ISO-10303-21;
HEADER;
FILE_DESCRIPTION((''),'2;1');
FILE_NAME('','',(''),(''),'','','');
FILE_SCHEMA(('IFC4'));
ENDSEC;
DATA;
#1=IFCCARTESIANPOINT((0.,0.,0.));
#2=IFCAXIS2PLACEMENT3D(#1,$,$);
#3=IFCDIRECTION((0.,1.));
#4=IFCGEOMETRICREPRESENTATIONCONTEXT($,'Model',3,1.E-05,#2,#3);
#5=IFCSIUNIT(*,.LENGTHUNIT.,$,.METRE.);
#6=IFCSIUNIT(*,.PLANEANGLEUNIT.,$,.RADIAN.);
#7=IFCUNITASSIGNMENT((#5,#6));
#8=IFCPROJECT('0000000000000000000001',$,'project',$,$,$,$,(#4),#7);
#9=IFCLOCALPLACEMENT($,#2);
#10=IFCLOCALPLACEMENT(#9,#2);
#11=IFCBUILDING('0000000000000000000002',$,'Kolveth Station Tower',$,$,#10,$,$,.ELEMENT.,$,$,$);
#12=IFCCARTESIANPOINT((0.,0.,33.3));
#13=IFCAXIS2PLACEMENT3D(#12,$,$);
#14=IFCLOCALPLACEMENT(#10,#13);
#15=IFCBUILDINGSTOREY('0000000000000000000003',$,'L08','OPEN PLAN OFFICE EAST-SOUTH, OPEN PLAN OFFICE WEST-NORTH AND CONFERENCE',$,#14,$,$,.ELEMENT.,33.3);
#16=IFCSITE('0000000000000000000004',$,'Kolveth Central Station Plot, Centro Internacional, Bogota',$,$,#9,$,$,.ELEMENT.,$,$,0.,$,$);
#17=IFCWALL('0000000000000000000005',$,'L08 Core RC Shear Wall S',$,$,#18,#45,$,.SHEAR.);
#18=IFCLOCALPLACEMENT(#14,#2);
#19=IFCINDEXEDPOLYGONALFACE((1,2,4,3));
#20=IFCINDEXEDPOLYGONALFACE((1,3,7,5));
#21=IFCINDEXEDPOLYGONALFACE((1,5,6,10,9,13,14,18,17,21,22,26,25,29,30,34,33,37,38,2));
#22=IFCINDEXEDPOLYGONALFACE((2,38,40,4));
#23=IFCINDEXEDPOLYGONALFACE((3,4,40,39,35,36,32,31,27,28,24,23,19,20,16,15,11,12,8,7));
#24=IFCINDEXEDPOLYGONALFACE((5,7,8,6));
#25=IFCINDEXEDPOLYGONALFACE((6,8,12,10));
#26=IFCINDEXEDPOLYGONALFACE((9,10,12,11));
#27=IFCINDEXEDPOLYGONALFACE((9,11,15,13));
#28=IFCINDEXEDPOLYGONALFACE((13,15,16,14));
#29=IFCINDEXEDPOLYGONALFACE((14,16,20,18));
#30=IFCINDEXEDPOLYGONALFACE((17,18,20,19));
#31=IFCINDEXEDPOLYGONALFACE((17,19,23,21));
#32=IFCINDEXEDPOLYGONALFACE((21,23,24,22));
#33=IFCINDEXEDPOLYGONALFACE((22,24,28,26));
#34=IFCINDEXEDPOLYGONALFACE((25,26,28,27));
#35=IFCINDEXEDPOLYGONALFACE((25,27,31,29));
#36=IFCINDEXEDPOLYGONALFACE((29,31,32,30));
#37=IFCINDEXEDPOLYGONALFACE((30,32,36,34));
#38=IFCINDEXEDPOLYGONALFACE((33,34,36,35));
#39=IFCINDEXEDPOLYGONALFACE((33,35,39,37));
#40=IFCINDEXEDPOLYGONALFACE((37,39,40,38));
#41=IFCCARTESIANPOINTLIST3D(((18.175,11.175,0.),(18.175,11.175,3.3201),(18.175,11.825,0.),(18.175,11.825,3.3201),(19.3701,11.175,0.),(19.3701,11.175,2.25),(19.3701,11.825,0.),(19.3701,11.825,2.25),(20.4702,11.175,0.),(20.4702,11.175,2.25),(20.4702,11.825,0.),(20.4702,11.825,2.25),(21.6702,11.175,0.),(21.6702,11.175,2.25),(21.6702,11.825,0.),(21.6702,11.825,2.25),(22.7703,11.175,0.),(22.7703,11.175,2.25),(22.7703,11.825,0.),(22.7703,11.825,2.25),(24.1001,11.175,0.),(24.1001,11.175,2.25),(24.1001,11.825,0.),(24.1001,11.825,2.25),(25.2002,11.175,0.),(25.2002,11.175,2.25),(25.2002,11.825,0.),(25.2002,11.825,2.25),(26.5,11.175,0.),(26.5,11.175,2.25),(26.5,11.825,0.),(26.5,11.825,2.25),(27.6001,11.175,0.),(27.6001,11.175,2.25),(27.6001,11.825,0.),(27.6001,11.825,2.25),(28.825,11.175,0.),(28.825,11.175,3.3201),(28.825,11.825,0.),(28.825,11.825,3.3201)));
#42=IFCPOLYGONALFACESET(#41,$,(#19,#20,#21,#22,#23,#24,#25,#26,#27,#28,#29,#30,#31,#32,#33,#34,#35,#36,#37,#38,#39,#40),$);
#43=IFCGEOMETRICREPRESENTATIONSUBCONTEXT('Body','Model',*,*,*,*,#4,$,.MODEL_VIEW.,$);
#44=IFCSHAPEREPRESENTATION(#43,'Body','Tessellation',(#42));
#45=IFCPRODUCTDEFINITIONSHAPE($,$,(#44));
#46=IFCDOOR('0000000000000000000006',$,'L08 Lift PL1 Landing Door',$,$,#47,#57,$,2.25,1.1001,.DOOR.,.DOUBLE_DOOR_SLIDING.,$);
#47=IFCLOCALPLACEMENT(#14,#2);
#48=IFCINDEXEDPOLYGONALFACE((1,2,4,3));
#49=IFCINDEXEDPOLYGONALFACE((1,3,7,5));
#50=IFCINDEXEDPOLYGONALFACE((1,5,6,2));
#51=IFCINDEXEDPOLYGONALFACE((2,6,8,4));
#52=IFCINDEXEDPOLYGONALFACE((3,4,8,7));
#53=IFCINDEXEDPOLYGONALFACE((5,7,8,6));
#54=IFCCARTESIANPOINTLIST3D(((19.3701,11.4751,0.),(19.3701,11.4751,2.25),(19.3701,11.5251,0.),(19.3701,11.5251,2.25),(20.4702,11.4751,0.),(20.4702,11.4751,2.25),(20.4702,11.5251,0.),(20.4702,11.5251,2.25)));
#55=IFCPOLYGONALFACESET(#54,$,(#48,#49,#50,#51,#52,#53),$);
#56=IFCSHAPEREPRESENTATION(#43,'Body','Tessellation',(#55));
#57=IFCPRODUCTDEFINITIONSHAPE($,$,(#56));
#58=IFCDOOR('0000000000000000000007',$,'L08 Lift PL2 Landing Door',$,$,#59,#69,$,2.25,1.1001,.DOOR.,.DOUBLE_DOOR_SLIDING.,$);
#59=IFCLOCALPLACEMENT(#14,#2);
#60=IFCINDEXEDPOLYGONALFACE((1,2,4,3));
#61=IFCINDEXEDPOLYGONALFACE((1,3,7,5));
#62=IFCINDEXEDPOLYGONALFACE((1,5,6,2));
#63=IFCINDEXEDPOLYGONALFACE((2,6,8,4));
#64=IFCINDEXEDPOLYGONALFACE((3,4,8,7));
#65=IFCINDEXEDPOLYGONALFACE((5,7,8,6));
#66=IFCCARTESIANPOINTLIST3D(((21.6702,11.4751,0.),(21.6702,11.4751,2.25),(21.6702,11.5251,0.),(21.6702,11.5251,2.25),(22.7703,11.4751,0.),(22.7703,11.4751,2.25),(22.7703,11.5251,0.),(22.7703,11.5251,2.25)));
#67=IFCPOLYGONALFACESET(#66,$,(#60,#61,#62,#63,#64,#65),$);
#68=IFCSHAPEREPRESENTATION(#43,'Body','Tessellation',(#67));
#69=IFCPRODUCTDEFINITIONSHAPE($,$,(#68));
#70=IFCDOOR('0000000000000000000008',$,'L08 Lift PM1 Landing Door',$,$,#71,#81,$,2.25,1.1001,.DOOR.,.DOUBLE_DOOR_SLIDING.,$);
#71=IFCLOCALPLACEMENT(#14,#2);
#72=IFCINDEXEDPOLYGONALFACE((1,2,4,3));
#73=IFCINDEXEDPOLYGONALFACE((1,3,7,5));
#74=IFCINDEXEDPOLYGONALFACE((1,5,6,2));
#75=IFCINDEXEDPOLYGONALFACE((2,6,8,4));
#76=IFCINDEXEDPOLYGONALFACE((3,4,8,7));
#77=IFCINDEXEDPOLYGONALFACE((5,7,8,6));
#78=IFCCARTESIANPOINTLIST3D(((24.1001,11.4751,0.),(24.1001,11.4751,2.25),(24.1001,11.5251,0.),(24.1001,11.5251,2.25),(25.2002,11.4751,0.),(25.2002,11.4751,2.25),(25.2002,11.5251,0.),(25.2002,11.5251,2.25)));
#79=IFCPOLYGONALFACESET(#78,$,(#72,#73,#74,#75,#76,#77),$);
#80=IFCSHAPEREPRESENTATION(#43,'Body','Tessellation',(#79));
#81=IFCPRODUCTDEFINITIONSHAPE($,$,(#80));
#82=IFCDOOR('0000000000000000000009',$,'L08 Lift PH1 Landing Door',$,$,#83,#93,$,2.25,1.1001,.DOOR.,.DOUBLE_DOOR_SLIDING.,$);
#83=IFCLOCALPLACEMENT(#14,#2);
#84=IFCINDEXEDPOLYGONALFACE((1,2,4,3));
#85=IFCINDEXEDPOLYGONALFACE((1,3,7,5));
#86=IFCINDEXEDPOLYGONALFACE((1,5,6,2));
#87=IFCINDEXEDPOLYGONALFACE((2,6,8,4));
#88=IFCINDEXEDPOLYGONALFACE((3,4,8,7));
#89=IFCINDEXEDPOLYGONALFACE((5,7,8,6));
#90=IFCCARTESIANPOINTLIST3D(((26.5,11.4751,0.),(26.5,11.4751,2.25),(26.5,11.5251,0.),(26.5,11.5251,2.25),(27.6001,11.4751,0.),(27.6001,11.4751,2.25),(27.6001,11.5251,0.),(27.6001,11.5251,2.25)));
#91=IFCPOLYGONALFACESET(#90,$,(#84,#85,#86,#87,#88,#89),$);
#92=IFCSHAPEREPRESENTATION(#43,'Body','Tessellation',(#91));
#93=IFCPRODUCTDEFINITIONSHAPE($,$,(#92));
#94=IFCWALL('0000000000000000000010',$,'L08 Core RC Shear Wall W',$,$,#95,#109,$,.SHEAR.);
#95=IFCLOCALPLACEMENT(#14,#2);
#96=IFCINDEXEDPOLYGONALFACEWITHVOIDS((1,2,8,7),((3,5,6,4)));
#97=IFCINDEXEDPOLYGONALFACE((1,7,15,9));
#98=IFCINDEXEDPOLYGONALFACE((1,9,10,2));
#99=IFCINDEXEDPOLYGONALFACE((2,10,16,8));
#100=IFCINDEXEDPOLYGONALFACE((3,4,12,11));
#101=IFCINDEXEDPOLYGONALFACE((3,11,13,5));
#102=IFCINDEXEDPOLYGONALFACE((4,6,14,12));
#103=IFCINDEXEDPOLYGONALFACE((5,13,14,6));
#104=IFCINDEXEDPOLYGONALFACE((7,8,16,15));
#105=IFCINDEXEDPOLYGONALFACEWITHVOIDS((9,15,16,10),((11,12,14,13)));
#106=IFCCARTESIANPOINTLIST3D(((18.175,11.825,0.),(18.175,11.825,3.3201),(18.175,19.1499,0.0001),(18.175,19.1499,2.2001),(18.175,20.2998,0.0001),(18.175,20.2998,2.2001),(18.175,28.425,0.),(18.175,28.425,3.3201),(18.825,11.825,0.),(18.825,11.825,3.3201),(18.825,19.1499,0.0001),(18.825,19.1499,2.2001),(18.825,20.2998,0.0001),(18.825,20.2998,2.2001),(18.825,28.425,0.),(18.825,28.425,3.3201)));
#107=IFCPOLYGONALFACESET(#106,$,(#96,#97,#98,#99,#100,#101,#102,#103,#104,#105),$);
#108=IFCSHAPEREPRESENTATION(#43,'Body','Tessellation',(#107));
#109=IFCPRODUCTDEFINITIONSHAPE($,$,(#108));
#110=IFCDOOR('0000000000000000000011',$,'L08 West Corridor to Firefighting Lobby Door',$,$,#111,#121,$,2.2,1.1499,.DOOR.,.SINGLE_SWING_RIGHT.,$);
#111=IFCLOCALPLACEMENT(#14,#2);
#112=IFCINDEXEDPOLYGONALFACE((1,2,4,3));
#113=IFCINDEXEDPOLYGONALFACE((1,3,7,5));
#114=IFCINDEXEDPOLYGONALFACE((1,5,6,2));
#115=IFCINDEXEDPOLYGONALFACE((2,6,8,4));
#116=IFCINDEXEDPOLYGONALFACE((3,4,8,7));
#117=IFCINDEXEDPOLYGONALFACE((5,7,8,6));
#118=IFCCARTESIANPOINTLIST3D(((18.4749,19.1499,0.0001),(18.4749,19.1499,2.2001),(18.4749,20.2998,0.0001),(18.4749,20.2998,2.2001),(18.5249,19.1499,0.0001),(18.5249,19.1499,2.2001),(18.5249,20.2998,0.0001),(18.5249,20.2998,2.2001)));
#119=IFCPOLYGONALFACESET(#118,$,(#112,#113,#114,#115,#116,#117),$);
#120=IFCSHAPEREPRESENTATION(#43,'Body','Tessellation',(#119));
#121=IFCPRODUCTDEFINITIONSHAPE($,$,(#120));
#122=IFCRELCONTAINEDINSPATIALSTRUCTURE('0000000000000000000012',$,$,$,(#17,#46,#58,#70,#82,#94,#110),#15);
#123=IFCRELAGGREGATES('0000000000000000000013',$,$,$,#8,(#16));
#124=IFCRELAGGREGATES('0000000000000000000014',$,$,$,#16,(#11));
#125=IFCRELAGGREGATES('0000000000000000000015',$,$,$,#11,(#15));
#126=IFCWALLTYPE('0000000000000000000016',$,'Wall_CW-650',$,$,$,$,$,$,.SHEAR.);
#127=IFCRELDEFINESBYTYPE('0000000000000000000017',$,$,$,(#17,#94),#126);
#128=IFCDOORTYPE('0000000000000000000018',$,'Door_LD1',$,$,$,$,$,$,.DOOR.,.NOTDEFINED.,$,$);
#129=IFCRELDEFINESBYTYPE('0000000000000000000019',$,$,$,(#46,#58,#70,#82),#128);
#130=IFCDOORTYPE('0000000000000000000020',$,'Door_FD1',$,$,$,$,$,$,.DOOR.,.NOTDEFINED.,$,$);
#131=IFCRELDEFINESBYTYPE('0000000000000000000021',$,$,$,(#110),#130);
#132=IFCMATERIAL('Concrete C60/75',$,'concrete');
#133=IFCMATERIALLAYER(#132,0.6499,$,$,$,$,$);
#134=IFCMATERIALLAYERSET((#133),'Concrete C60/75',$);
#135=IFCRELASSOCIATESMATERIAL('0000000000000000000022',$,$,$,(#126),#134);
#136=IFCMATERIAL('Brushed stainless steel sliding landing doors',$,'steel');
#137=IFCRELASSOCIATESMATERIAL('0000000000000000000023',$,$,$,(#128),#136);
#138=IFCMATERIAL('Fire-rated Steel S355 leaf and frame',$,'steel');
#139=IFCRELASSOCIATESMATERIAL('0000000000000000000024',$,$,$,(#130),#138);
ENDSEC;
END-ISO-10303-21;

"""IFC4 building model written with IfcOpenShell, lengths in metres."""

from ifc_helpers import new_model, si_unit, direction, frame, frame_2d, origin, place, context, subcontext, project, spatial, rectangle, extrude, material, layer, layer_set, type_object, element, fill, save


model = new_model("IFC4")

# Units and contexts
model_context = context("Model", 3, precision=1e-05, world=origin(), true_north=direction((0.0, 1.0)))
body_context = subcontext(model_context, "Body", "Model", "MODEL_VIEW")
ifc_project = project(units=[si_unit("LENGTHUNIT", "METRE"), si_unit("PLANEANGLEUNIT", "RADIAN")], contexts=[model_context])

# Site, building, storey
site_placement = place(None, origin())
site = spatial("IfcSite", under=ifc_project, at=site_placement, Name="Kolveth Central Station Plot, Centro Internacional, Bogota", CompositionType="ELEMENT", RefElevation=0.0)
building_placement = place(site_placement, origin())
building = spatial("IfcBuilding", under=site, at=building_placement, Name="Kolveth Station Tower", CompositionType="ELEMENT")
storey_placement = place(building_placement, frame((0.0, 0.0, 33.3)))
storey = spatial("IfcBuildingStorey", under=building, at=storey_placement, Name="L08", Description="OPEN PLAN OFFICE EAST-SOUTH, OPEN PLAN OFFICE WEST-NORTH AND CONFERENCE", CompositionType="ELEMENT", Elevation=33.3)

# Wall, openings, doors
ifc_material_1 = material(Name="Concrete C60/75", Category="concrete")
ifc_layer_1 = layer(ifc_material_1, 0.6499)
ifc_layer_set_1 = layer_set([ifc_layer_1], Name="Concrete C60/75")
wall_type_1 = type_object("IfcWallType", Name="Wall_CW-650", PredefinedType="SHEAR", material=ifc_layer_set_1)
wall_1_placement = place(storey_placement, frame((18.175, 11.5, 0.0), z_axis=(0.0, 0.0, 1.0), x_axis=(1.0, 0.0, 0.0)))
wall_1 = element("IfcWall", 1, at=wall_1_placement, inside=storey, type_object=wall_type_1, Name="L08 Core RC Shear Wall S", PredefinedType="SHEAR", context=body_context, shape_type="SweptSolid", body=[
    extrude(rectangle(XDim=10.6499, YDim=0.6499, at=frame_2d((5.325, 0.0))), origin(), (0.0, 0.0, 1.0), 3.3201),
])
opening_1_placement = place(wall_1_placement, frame((1.1951, 0.0, 0.0)))
opening_1 = element("IfcOpeningElement", 2, at=opening_1_placement, cuts=wall_1, PredefinedType="OPENING", context=body_context, shape_type="SweptSolid", body=[
    extrude(rectangle(XDim=1.1001, YDim=2.25, at=frame_2d((0.55, 1.125))), frame((0.0, 0.335, 0.0), z_axis=(0.0, -1.0, 0.0), x_axis=(1.0, 0.0, 0.0)), (0.0, 0.0, 1.0), 0.6699),
])
opening_2_placement = place(wall_1_placement, frame((3.4951, 0.0, 0.0)))
opening_2 = element("IfcOpeningElement", 3, at=opening_2_placement, cuts=wall_1, PredefinedType="OPENING", context=body_context, shape_type="SweptSolid", body=[
    extrude(rectangle(XDim=1.1001, YDim=2.25, at=frame_2d((0.55, 1.125))), frame((0.0, 0.335, 0.0), z_axis=(0.0, -1.0, 0.0), x_axis=(1.0, 0.0, 0.0)), (0.0, 0.0, 1.0), 0.6699),
])
opening_3_placement = place(wall_1_placement, frame((5.925, 0.0, 0.0)))
opening_3 = element("IfcOpeningElement", 4, at=opening_3_placement, cuts=wall_1, PredefinedType="OPENING", context=body_context, shape_type="SweptSolid", body=[
    extrude(rectangle(XDim=1.1001, YDim=2.25, at=frame_2d((0.55, 1.125))), frame((0.0, 0.335, 0.0), z_axis=(0.0, -1.0, 0.0), x_axis=(1.0, 0.0, 0.0)), (0.0, 0.0, 1.0), 0.6699),
])
opening_4_placement = place(wall_1_placement, frame((8.325, 0.0, 0.0)))
opening_4 = element("IfcOpeningElement", 5, at=opening_4_placement, cuts=wall_1, PredefinedType="OPENING", context=body_context, shape_type="SweptSolid", body=[
    extrude(rectangle(XDim=1.1001, YDim=2.25, at=frame_2d((0.55, 1.125))), frame((0.0, 0.335, 0.0), z_axis=(0.0, -1.0, 0.0), x_axis=(1.0, 0.0, 0.0)), (0.0, 0.0, 1.0), 0.6699),
])
ifc_material_2 = material(Name="Brushed stainless steel sliding landing doors", Category="steel")
door_type_1 = type_object("IfcDoorType", Name="Door_LD1", OperationType="NOTDEFINED", PredefinedType="DOOR", material=ifc_material_2)
door_1_placement = place(opening_1_placement, frame((1.1001, 0.0, 0.0), z_axis=(0.0, 0.0, 1.0), x_axis=(-1.0, 0.0, 0.0)))
door_1 = element("IfcDoor", 6, at=door_1_placement, inside=storey, type_object=door_type_1, Name="L08 Lift PL1 Landing Door", OperationType="DOUBLE_DOOR_SLIDING", OverallHeight=2.25, OverallWidth=1.1001, PredefinedType="DOOR", context=body_context, shape_type="SweptSolid", body=[
    extrude(rectangle(XDim=1.1001, YDim=2.25, at=frame_2d((0.55, 1.125))), frame((0.0, 0.0249, 0.0), z_axis=(0.0, -1.0, 0.0), x_axis=(1.0, 0.0, 0.0)), (0.0, 0.0, 1.0), 0.05),
])
fill(opening_1, door_1)
door_2_placement = place(opening_2_placement, frame((1.1001, 0.0, 0.0), z_axis=(0.0, 0.0, 1.0), x_axis=(-1.0, 0.0, 0.0)))
door_2 = element("IfcDoor", 7, at=door_2_placement, inside=storey, type_object=door_type_1, Name="L08 Lift PL2 Landing Door", OperationType="DOUBLE_DOOR_SLIDING", OverallHeight=2.25, OverallWidth=1.1001, PredefinedType="DOOR", context=body_context, shape_type="SweptSolid", body=[
    extrude(rectangle(XDim=1.1001, YDim=2.25, at=frame_2d((0.55, 1.125))), frame((0.0, 0.0249, 0.0), z_axis=(0.0, -1.0, 0.0), x_axis=(1.0, 0.0, 0.0)), (0.0, 0.0, 1.0), 0.05),
])
fill(opening_2, door_2)
door_3_placement = place(opening_3_placement, frame((1.1001, 0.0, 0.0), z_axis=(0.0, 0.0, 1.0), x_axis=(-1.0, 0.0, 0.0)))
door_3 = element("IfcDoor", 8, at=door_3_placement, inside=storey, type_object=door_type_1, Name="L08 Lift PM1 Landing Door", OperationType="DOUBLE_DOOR_SLIDING", OverallHeight=2.25, OverallWidth=1.1001, PredefinedType="DOOR", context=body_context, shape_type="SweptSolid", body=[
    extrude(rectangle(XDim=1.1001, YDim=2.25, at=frame_2d((0.55, 1.125))), frame((0.0, 0.0249, 0.0), z_axis=(0.0, -1.0, 0.0), x_axis=(1.0, 0.0, 0.0)), (0.0, 0.0, 1.0), 0.05),
])
fill(opening_3, door_3)
door_4_placement = place(opening_4_placement, frame((1.1001, 0.0, 0.0), z_axis=(0.0, 0.0, 1.0), x_axis=(-1.0, 0.0, 0.0)))
door_4 = element("IfcDoor", 9, at=door_4_placement, inside=storey, type_object=door_type_1, Name="L08 Lift PH1 Landing Door", OperationType="DOUBLE_DOOR_SLIDING", OverallHeight=2.25, OverallWidth=1.1001, PredefinedType="DOOR", context=body_context, shape_type="SweptSolid", body=[
    extrude(rectangle(XDim=1.1001, YDim=2.25, at=frame_2d((0.55, 1.125))), frame((0.0, 0.0249, 0.0), z_axis=(0.0, -1.0, 0.0), x_axis=(1.0, 0.0, 0.0)), (0.0, 0.0, 1.0), 0.05),
])
fill(opening_4, door_4)

# Wall, opening, door
wall_2_placement = place(storey_placement, frame((18.5, 11.825, 0.0), z_axis=(0.0, 0.0, 1.0), x_axis=(0.0, 1.0, 0.0)))
wall_2 = element("IfcWall", 10, at=wall_2_placement, inside=storey, type_object=wall_type_1, Name="L08 Core RC Shear Wall W", PredefinedType="SHEAR", context=body_context, shape_type="SweptSolid", body=[
    extrude(rectangle(XDim=16.6001, YDim=0.6499, at=frame_2d((8.3, 0.0))), origin(), (0.0, 0.0, 1.0), 3.3201),
])
opening_5_placement = place(wall_2_placement, frame((7.325, 0.0, 0.0)))
opening_5 = element("IfcOpeningElement", 11, at=opening_5_placement, cuts=wall_2, PredefinedType="OPENING", context=body_context, shape_type="SweptSolid", body=[
    extrude(rectangle(XDim=1.1499, YDim=2.2, at=frame_2d((0.575, 1.1001))), frame((0.0, 0.335, 0.0), z_axis=(0.0, -1.0, 0.0), x_axis=(1.0, 0.0, 0.0)), (0.0, 0.0, 1.0), 0.6699),
])
ifc_material_3 = material(Name="Fire-rated Steel S355 leaf and frame", Category="steel")
door_type_2 = type_object("IfcDoorType", Name="Door_FD1", OperationType="NOTDEFINED", PredefinedType="DOOR", material=ifc_material_3)
door_5_placement = place(opening_5_placement, frame((1.1499, 0.0, 0.0), z_axis=(0.0, 0.0, 1.0), x_axis=(-1.0, 0.0, 0.0)))
door_5 = element("IfcDoor", 12, at=door_5_placement, inside=storey, type_object=door_type_2, Name="L08 West Corridor to Firefighting Lobby Door", OperationType="SINGLE_SWING_RIGHT", OverallHeight=2.2, OverallWidth=1.1499, PredefinedType="DOOR", context=body_context, shape_type="SweptSolid", body=[
    extrude(rectangle(XDim=1.1499, YDim=2.2, at=frame_2d((0.575, 1.1001))), frame((0.0, 0.0249, 0.0), z_axis=(0.0, -1.0, 0.0), x_axis=(1.0, 0.0, 0.0)), (0.0, 0.0, 1.0), 0.05),
])
fill(opening_5, door_5)

save(model, "model.ifc")
